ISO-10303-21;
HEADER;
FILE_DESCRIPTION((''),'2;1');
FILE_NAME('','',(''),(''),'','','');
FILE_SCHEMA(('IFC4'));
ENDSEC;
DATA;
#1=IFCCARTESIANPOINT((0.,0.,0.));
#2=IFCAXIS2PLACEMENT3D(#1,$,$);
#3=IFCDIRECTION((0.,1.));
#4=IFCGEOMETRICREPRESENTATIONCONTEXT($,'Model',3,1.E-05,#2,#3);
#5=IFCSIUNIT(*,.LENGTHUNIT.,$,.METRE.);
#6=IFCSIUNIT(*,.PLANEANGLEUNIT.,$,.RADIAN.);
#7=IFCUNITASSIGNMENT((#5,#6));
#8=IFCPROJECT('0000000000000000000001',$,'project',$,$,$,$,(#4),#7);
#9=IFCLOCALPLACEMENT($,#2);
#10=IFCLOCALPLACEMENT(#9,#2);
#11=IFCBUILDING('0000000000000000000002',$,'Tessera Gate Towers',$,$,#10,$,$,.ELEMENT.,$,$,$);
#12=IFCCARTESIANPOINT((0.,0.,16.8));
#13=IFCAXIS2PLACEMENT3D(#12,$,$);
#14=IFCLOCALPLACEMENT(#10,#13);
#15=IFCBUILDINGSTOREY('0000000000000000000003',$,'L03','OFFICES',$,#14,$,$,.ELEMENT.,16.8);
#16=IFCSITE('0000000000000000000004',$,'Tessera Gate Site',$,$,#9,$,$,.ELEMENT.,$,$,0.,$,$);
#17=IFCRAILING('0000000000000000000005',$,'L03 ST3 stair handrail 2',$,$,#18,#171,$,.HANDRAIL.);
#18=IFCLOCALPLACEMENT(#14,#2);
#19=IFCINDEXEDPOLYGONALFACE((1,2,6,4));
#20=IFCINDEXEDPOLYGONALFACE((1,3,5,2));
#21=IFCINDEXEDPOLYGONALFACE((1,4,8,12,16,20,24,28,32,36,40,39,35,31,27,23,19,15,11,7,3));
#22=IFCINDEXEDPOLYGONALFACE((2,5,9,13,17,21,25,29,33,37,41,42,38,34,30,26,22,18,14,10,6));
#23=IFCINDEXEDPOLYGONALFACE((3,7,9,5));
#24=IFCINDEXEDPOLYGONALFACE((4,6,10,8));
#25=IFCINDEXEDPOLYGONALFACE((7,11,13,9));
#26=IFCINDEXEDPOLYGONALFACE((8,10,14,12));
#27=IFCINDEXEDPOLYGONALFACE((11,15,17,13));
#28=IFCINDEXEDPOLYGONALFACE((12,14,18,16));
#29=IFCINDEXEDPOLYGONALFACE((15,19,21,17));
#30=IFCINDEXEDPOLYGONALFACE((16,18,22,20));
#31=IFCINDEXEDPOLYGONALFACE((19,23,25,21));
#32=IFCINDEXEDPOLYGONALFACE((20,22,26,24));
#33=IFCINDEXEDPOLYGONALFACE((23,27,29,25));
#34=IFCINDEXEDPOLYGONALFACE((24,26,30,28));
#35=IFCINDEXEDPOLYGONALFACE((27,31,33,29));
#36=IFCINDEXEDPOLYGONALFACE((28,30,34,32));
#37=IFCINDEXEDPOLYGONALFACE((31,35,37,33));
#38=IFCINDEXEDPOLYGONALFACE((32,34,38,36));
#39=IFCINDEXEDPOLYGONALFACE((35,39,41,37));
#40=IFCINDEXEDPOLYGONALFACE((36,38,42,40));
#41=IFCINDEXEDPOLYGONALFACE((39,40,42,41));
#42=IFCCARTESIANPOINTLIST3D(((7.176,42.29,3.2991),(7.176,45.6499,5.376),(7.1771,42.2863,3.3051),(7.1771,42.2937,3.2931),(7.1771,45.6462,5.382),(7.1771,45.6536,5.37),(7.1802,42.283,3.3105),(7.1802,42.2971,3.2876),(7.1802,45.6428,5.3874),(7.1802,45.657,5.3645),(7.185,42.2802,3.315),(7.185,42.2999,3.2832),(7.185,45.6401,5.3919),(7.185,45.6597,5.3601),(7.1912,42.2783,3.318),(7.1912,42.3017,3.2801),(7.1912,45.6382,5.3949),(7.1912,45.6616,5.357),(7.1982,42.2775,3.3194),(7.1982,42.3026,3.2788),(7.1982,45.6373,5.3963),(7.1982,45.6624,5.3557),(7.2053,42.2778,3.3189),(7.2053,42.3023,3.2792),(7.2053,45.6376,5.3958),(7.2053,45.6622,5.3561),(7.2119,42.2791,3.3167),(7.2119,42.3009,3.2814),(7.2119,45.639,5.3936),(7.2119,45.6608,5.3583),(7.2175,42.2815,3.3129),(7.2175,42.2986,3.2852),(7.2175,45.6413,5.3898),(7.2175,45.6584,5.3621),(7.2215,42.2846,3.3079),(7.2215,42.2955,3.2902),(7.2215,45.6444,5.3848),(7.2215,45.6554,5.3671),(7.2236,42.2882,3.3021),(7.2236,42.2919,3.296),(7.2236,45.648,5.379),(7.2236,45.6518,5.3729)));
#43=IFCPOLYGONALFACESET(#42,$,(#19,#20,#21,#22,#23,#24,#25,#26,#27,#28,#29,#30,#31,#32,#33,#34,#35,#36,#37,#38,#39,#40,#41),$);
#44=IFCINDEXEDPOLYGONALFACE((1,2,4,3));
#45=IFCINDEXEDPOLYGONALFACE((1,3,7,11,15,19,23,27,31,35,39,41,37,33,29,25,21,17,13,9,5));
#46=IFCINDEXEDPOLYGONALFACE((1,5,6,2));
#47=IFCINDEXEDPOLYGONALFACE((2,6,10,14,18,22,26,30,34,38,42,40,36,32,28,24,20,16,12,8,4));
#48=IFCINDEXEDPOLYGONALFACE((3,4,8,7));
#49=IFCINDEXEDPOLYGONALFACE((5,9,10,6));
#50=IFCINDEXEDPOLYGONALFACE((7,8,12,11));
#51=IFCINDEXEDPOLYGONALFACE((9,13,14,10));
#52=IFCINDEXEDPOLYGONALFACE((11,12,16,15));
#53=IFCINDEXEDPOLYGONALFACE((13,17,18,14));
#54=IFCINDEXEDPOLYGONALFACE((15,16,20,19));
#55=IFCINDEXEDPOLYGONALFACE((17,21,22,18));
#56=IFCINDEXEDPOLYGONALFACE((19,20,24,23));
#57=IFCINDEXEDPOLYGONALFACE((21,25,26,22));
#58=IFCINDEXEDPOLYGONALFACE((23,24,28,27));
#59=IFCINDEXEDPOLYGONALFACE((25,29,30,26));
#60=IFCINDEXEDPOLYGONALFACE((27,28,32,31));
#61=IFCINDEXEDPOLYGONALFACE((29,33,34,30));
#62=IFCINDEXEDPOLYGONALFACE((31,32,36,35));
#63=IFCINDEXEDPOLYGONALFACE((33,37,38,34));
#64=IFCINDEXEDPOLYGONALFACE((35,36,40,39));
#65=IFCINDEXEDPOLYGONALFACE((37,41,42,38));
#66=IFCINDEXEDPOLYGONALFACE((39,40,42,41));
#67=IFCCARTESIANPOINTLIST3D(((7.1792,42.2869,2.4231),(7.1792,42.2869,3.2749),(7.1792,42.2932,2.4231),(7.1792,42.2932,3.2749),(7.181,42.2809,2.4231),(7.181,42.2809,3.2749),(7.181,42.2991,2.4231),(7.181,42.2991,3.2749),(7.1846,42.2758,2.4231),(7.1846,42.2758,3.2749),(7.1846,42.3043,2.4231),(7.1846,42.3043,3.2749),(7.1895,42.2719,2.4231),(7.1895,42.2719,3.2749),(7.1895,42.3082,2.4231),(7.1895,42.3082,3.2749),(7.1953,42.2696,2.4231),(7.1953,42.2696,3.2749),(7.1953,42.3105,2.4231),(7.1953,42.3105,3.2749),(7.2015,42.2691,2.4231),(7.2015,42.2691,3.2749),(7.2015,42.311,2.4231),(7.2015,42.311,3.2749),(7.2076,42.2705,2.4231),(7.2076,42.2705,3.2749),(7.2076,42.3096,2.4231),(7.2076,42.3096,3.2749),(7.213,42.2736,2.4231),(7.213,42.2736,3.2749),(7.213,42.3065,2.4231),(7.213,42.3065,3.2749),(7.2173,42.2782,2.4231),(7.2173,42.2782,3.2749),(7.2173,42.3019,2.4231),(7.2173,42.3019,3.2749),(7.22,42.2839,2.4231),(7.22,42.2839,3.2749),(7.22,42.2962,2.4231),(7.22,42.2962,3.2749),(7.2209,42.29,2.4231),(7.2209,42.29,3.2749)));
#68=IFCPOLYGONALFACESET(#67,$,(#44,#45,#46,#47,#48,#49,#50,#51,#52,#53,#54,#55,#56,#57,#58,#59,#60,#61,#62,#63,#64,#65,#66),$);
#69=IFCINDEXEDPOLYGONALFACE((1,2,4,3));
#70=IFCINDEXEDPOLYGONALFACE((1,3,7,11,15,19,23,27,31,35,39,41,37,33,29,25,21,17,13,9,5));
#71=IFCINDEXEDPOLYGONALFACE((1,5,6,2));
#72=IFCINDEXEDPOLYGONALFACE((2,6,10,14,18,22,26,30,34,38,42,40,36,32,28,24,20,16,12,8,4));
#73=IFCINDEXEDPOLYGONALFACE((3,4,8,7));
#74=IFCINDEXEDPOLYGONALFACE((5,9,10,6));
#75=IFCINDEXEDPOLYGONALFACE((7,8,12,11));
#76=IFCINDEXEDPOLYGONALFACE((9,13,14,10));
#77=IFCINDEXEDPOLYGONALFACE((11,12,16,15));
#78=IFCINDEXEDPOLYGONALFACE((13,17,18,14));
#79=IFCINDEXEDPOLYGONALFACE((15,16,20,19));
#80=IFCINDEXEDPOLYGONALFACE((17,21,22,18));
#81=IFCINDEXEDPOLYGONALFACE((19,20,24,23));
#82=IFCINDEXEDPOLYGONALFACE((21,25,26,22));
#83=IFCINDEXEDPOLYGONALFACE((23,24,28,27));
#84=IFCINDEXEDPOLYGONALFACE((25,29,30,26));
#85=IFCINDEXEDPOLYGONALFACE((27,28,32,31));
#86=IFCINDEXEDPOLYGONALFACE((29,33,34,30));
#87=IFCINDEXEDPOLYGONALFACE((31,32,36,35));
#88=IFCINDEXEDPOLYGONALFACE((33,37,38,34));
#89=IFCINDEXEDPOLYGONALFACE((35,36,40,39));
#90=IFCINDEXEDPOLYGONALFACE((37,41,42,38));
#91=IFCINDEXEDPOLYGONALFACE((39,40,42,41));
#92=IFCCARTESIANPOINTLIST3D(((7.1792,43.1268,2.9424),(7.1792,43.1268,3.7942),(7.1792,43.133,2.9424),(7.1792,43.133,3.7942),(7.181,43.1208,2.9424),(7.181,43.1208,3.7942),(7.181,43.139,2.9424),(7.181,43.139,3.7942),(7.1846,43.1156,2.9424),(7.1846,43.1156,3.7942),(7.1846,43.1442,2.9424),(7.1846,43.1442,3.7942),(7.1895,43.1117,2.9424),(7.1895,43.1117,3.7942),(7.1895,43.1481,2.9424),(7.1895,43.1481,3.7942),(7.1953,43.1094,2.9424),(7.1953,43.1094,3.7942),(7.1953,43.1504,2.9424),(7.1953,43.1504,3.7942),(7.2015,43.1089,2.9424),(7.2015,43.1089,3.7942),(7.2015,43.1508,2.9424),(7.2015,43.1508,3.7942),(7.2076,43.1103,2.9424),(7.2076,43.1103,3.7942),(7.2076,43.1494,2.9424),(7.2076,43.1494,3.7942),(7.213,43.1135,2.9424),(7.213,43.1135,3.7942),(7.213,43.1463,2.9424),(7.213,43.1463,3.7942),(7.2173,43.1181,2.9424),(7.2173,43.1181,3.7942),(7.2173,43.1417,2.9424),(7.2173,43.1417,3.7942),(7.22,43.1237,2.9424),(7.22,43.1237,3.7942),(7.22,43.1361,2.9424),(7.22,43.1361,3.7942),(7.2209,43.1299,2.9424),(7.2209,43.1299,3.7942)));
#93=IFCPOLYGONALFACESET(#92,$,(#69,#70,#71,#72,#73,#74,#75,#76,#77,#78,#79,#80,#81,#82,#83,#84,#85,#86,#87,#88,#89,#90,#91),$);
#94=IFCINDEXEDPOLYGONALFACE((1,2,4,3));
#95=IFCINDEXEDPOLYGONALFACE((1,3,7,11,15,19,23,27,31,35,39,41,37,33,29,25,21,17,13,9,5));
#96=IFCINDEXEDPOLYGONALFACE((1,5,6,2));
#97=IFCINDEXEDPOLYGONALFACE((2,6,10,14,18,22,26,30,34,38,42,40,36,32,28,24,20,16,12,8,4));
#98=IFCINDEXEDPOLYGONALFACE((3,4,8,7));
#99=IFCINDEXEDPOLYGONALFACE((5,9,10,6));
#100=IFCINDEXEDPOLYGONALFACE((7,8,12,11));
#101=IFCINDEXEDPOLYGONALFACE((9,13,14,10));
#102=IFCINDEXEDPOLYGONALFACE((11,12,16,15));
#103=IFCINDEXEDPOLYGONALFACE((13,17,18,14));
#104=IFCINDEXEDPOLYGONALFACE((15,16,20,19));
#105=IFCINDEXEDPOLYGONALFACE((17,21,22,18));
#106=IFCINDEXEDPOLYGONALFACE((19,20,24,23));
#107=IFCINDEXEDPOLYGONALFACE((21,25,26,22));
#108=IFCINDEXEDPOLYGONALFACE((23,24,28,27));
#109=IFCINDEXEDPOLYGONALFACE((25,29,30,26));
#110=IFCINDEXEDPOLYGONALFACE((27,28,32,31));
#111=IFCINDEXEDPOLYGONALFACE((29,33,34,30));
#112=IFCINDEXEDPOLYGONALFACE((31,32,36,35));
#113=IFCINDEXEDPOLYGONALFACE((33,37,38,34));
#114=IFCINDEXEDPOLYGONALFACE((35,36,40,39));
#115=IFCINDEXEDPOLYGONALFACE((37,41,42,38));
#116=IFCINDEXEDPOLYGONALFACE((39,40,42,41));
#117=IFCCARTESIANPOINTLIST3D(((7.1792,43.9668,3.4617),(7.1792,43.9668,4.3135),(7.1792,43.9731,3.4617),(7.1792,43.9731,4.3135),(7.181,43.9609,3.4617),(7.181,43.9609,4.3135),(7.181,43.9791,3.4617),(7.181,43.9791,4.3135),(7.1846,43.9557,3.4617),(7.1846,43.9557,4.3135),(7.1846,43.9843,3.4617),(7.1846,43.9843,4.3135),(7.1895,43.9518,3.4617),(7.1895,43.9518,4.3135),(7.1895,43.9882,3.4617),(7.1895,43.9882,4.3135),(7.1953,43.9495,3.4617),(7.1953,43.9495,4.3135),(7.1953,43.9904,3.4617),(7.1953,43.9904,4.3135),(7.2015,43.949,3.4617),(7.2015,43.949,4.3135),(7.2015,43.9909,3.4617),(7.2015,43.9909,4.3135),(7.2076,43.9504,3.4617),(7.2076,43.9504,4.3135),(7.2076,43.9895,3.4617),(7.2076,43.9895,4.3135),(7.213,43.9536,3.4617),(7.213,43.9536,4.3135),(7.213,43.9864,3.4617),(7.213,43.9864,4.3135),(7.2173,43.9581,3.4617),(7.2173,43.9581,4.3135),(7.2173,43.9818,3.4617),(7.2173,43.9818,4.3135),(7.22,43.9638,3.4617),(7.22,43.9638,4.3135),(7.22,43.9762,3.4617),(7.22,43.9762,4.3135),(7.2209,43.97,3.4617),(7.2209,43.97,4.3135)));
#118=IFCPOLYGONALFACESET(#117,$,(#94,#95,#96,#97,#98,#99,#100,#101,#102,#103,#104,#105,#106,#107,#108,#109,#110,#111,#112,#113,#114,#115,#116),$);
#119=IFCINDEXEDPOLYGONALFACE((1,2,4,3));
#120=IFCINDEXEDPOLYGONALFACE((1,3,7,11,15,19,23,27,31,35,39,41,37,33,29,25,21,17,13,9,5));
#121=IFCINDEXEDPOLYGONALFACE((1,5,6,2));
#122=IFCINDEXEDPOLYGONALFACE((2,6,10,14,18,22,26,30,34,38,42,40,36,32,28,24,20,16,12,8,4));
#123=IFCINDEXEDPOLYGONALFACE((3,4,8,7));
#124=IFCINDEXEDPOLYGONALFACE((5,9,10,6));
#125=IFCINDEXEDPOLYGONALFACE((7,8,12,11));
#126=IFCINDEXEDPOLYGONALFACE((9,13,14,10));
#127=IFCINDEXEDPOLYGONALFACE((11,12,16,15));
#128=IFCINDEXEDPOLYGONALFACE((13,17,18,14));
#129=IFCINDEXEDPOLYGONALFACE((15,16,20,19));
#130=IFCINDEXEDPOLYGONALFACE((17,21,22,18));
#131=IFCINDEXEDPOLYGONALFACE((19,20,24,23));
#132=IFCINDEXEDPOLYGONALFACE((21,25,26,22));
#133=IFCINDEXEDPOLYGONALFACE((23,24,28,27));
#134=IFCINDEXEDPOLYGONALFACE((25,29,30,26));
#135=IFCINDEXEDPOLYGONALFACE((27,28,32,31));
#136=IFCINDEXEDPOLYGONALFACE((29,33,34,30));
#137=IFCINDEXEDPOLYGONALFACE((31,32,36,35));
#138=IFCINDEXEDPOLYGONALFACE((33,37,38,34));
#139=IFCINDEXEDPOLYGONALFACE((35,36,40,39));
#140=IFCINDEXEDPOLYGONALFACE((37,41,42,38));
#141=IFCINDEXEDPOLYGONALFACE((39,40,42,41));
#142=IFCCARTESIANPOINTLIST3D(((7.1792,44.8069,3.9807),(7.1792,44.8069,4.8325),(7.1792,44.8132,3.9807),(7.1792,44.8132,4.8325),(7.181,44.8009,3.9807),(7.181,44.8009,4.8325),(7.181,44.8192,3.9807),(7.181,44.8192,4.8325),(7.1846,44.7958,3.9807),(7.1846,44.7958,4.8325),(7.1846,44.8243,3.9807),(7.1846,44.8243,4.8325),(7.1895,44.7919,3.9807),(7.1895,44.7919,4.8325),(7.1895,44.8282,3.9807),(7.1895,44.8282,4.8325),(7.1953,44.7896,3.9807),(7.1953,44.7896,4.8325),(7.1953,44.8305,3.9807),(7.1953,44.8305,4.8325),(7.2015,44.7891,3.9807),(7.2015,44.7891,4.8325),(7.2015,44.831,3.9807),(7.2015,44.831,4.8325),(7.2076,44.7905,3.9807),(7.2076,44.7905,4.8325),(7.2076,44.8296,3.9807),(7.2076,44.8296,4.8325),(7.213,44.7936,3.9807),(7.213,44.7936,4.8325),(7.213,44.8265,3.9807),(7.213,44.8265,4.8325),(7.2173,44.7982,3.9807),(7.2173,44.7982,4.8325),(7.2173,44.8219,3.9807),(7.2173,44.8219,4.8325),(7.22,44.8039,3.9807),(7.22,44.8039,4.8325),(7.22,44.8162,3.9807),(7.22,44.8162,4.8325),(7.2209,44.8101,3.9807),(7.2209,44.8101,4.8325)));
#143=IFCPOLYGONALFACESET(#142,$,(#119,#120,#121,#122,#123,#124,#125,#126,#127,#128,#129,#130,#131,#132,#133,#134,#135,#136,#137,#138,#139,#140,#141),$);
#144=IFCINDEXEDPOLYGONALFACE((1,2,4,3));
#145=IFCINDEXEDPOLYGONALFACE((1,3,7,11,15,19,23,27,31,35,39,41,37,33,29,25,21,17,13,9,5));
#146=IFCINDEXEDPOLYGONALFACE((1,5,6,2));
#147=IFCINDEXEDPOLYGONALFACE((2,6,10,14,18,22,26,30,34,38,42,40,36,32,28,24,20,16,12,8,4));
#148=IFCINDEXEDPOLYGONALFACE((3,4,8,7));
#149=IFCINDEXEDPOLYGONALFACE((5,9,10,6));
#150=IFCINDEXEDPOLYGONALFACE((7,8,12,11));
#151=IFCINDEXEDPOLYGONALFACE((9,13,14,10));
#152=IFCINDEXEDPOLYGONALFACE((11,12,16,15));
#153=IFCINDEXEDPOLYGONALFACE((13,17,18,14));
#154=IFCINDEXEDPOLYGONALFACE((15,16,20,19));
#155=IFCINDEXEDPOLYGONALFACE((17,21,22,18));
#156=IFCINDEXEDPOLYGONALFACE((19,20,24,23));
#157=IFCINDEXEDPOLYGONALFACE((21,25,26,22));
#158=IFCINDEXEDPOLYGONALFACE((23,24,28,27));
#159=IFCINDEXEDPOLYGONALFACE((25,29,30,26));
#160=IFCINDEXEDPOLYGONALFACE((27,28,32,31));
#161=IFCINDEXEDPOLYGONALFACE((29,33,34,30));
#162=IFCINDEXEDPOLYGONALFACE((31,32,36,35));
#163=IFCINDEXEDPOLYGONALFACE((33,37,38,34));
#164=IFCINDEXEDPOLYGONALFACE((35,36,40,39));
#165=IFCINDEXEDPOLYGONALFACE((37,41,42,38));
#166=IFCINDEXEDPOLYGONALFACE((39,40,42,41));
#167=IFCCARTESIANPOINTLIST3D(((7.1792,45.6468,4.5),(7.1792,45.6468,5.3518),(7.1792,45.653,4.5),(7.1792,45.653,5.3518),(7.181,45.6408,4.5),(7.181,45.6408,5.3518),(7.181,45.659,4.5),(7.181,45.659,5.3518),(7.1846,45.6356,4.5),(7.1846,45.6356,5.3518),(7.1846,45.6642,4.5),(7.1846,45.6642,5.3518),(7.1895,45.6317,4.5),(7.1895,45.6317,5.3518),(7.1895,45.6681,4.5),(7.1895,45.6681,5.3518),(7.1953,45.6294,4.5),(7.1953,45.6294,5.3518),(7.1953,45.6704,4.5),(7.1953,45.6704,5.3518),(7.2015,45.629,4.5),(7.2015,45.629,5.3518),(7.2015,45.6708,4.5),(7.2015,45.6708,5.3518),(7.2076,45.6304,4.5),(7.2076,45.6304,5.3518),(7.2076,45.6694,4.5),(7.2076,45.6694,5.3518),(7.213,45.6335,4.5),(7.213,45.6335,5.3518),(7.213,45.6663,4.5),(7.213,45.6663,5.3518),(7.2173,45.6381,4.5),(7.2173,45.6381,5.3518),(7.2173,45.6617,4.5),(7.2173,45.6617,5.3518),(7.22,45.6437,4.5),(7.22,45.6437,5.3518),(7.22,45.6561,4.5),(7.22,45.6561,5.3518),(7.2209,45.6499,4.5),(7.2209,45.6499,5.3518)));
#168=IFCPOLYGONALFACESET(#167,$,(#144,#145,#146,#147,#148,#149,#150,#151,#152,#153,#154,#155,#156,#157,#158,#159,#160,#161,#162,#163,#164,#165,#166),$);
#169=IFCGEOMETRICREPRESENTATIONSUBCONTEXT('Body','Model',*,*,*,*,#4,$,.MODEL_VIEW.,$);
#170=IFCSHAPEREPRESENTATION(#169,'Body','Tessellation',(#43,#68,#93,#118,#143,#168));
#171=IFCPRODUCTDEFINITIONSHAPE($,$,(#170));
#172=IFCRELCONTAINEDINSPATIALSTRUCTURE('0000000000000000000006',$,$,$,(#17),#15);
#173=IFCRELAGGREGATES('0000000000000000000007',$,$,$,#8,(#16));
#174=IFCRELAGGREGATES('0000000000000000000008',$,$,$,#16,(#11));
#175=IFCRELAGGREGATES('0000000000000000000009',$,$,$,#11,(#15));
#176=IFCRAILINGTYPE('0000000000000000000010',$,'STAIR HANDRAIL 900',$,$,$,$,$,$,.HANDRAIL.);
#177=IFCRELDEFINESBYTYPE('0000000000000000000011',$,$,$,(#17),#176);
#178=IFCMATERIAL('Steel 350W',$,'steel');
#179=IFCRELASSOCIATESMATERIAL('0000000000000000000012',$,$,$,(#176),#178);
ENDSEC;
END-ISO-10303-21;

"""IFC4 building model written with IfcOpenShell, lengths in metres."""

from ifc_helpers import new_model, si_unit, direction, frame, origin, origin_2d, place, context, subcontext, project, spatial, circle, extrude, material, type_object, element, save


model = new_model("IFC4")

# Units and contexts
model_context = context("Model", 3, precision=1e-05, world=origin(), true_north=direction((0.0, 1.0)))
body_context = subcontext(model_context, "Body", "Model", "MODEL_VIEW")
ifc_project = project(units=[si_unit("LENGTHUNIT", "METRE"), si_unit("PLANEANGLEUNIT", "RADIAN")], contexts=[model_context])

# Site, building, storey
site_placement = place(None, origin())
site = spatial("IfcSite", under=ifc_project, at=site_placement, Name="Tessera Gate Site", CompositionType="ELEMENT", RefElevation=0.0)
building_placement = place(site_placement, origin())
building = spatial("IfcBuilding", under=site, at=building_placement, Name="Tessera Gate Towers", CompositionType="ELEMENT")
storey_placement = place(building_placement, frame((0.0, 0.0, 16.8)))
storey = spatial("IfcBuildingStorey", under=building, at=storey_placement, Name="L03", Description="OFFICES", CompositionType="ELEMENT", Elevation=16.8)

# Railing
ifc_material_1 = material(Name="Steel 350W", Category="steel")
railing_type = type_object("IfcRailingType", Name="STAIR HANDRAIL 900", PredefinedType="HANDRAIL", material=ifc_material_1)
railing_1_placement = place(storey_placement, frame((7.2, 42.29, 2.4231)))
element("IfcRailing", 1, at=railing_1_placement, inside=storey, type_object=railing_type, Name="L03 ST3 stair handrail 2", PredefinedType="HANDRAIL", context=body_context, shape_type="SweptSolid", body=[
    extrude(circle(Radius=0.0239, at=origin_2d()), frame((0.0, 0.0, 0.876), z_axis=(0.0, 0.850606, 0.525803), x_axis=(-1.0, 0.0, 0.0)), (0.0, 0.0, 1.0), 3.95),
    extrude(circle(Radius=0.021, at=origin_2d()), origin(), (0.0, 0.0, 1.0), 0.8518),
    extrude(circle(Radius=0.021, at=origin_2d()), frame((0.0, 0.8398, 0.5193)), (0.0, 0.0, 1.0), 0.8518),
    extrude(circle(Radius=0.021, at=origin_2d()), frame((0.0, 1.6799, 1.0386)), (0.0, 0.0, 1.0), 0.8518),
    extrude(circle(Radius=0.021, at=origin_2d()), frame((0.0, 2.52, 1.5576)), (0.0, 0.0, 1.0), 0.8518),
    extrude(circle(Radius=0.021, at=origin_2d()), frame((0.0, 3.3599, 2.0769)), (0.0, 0.0, 1.0), 0.8518),
])

save(model, "model.ifc")
